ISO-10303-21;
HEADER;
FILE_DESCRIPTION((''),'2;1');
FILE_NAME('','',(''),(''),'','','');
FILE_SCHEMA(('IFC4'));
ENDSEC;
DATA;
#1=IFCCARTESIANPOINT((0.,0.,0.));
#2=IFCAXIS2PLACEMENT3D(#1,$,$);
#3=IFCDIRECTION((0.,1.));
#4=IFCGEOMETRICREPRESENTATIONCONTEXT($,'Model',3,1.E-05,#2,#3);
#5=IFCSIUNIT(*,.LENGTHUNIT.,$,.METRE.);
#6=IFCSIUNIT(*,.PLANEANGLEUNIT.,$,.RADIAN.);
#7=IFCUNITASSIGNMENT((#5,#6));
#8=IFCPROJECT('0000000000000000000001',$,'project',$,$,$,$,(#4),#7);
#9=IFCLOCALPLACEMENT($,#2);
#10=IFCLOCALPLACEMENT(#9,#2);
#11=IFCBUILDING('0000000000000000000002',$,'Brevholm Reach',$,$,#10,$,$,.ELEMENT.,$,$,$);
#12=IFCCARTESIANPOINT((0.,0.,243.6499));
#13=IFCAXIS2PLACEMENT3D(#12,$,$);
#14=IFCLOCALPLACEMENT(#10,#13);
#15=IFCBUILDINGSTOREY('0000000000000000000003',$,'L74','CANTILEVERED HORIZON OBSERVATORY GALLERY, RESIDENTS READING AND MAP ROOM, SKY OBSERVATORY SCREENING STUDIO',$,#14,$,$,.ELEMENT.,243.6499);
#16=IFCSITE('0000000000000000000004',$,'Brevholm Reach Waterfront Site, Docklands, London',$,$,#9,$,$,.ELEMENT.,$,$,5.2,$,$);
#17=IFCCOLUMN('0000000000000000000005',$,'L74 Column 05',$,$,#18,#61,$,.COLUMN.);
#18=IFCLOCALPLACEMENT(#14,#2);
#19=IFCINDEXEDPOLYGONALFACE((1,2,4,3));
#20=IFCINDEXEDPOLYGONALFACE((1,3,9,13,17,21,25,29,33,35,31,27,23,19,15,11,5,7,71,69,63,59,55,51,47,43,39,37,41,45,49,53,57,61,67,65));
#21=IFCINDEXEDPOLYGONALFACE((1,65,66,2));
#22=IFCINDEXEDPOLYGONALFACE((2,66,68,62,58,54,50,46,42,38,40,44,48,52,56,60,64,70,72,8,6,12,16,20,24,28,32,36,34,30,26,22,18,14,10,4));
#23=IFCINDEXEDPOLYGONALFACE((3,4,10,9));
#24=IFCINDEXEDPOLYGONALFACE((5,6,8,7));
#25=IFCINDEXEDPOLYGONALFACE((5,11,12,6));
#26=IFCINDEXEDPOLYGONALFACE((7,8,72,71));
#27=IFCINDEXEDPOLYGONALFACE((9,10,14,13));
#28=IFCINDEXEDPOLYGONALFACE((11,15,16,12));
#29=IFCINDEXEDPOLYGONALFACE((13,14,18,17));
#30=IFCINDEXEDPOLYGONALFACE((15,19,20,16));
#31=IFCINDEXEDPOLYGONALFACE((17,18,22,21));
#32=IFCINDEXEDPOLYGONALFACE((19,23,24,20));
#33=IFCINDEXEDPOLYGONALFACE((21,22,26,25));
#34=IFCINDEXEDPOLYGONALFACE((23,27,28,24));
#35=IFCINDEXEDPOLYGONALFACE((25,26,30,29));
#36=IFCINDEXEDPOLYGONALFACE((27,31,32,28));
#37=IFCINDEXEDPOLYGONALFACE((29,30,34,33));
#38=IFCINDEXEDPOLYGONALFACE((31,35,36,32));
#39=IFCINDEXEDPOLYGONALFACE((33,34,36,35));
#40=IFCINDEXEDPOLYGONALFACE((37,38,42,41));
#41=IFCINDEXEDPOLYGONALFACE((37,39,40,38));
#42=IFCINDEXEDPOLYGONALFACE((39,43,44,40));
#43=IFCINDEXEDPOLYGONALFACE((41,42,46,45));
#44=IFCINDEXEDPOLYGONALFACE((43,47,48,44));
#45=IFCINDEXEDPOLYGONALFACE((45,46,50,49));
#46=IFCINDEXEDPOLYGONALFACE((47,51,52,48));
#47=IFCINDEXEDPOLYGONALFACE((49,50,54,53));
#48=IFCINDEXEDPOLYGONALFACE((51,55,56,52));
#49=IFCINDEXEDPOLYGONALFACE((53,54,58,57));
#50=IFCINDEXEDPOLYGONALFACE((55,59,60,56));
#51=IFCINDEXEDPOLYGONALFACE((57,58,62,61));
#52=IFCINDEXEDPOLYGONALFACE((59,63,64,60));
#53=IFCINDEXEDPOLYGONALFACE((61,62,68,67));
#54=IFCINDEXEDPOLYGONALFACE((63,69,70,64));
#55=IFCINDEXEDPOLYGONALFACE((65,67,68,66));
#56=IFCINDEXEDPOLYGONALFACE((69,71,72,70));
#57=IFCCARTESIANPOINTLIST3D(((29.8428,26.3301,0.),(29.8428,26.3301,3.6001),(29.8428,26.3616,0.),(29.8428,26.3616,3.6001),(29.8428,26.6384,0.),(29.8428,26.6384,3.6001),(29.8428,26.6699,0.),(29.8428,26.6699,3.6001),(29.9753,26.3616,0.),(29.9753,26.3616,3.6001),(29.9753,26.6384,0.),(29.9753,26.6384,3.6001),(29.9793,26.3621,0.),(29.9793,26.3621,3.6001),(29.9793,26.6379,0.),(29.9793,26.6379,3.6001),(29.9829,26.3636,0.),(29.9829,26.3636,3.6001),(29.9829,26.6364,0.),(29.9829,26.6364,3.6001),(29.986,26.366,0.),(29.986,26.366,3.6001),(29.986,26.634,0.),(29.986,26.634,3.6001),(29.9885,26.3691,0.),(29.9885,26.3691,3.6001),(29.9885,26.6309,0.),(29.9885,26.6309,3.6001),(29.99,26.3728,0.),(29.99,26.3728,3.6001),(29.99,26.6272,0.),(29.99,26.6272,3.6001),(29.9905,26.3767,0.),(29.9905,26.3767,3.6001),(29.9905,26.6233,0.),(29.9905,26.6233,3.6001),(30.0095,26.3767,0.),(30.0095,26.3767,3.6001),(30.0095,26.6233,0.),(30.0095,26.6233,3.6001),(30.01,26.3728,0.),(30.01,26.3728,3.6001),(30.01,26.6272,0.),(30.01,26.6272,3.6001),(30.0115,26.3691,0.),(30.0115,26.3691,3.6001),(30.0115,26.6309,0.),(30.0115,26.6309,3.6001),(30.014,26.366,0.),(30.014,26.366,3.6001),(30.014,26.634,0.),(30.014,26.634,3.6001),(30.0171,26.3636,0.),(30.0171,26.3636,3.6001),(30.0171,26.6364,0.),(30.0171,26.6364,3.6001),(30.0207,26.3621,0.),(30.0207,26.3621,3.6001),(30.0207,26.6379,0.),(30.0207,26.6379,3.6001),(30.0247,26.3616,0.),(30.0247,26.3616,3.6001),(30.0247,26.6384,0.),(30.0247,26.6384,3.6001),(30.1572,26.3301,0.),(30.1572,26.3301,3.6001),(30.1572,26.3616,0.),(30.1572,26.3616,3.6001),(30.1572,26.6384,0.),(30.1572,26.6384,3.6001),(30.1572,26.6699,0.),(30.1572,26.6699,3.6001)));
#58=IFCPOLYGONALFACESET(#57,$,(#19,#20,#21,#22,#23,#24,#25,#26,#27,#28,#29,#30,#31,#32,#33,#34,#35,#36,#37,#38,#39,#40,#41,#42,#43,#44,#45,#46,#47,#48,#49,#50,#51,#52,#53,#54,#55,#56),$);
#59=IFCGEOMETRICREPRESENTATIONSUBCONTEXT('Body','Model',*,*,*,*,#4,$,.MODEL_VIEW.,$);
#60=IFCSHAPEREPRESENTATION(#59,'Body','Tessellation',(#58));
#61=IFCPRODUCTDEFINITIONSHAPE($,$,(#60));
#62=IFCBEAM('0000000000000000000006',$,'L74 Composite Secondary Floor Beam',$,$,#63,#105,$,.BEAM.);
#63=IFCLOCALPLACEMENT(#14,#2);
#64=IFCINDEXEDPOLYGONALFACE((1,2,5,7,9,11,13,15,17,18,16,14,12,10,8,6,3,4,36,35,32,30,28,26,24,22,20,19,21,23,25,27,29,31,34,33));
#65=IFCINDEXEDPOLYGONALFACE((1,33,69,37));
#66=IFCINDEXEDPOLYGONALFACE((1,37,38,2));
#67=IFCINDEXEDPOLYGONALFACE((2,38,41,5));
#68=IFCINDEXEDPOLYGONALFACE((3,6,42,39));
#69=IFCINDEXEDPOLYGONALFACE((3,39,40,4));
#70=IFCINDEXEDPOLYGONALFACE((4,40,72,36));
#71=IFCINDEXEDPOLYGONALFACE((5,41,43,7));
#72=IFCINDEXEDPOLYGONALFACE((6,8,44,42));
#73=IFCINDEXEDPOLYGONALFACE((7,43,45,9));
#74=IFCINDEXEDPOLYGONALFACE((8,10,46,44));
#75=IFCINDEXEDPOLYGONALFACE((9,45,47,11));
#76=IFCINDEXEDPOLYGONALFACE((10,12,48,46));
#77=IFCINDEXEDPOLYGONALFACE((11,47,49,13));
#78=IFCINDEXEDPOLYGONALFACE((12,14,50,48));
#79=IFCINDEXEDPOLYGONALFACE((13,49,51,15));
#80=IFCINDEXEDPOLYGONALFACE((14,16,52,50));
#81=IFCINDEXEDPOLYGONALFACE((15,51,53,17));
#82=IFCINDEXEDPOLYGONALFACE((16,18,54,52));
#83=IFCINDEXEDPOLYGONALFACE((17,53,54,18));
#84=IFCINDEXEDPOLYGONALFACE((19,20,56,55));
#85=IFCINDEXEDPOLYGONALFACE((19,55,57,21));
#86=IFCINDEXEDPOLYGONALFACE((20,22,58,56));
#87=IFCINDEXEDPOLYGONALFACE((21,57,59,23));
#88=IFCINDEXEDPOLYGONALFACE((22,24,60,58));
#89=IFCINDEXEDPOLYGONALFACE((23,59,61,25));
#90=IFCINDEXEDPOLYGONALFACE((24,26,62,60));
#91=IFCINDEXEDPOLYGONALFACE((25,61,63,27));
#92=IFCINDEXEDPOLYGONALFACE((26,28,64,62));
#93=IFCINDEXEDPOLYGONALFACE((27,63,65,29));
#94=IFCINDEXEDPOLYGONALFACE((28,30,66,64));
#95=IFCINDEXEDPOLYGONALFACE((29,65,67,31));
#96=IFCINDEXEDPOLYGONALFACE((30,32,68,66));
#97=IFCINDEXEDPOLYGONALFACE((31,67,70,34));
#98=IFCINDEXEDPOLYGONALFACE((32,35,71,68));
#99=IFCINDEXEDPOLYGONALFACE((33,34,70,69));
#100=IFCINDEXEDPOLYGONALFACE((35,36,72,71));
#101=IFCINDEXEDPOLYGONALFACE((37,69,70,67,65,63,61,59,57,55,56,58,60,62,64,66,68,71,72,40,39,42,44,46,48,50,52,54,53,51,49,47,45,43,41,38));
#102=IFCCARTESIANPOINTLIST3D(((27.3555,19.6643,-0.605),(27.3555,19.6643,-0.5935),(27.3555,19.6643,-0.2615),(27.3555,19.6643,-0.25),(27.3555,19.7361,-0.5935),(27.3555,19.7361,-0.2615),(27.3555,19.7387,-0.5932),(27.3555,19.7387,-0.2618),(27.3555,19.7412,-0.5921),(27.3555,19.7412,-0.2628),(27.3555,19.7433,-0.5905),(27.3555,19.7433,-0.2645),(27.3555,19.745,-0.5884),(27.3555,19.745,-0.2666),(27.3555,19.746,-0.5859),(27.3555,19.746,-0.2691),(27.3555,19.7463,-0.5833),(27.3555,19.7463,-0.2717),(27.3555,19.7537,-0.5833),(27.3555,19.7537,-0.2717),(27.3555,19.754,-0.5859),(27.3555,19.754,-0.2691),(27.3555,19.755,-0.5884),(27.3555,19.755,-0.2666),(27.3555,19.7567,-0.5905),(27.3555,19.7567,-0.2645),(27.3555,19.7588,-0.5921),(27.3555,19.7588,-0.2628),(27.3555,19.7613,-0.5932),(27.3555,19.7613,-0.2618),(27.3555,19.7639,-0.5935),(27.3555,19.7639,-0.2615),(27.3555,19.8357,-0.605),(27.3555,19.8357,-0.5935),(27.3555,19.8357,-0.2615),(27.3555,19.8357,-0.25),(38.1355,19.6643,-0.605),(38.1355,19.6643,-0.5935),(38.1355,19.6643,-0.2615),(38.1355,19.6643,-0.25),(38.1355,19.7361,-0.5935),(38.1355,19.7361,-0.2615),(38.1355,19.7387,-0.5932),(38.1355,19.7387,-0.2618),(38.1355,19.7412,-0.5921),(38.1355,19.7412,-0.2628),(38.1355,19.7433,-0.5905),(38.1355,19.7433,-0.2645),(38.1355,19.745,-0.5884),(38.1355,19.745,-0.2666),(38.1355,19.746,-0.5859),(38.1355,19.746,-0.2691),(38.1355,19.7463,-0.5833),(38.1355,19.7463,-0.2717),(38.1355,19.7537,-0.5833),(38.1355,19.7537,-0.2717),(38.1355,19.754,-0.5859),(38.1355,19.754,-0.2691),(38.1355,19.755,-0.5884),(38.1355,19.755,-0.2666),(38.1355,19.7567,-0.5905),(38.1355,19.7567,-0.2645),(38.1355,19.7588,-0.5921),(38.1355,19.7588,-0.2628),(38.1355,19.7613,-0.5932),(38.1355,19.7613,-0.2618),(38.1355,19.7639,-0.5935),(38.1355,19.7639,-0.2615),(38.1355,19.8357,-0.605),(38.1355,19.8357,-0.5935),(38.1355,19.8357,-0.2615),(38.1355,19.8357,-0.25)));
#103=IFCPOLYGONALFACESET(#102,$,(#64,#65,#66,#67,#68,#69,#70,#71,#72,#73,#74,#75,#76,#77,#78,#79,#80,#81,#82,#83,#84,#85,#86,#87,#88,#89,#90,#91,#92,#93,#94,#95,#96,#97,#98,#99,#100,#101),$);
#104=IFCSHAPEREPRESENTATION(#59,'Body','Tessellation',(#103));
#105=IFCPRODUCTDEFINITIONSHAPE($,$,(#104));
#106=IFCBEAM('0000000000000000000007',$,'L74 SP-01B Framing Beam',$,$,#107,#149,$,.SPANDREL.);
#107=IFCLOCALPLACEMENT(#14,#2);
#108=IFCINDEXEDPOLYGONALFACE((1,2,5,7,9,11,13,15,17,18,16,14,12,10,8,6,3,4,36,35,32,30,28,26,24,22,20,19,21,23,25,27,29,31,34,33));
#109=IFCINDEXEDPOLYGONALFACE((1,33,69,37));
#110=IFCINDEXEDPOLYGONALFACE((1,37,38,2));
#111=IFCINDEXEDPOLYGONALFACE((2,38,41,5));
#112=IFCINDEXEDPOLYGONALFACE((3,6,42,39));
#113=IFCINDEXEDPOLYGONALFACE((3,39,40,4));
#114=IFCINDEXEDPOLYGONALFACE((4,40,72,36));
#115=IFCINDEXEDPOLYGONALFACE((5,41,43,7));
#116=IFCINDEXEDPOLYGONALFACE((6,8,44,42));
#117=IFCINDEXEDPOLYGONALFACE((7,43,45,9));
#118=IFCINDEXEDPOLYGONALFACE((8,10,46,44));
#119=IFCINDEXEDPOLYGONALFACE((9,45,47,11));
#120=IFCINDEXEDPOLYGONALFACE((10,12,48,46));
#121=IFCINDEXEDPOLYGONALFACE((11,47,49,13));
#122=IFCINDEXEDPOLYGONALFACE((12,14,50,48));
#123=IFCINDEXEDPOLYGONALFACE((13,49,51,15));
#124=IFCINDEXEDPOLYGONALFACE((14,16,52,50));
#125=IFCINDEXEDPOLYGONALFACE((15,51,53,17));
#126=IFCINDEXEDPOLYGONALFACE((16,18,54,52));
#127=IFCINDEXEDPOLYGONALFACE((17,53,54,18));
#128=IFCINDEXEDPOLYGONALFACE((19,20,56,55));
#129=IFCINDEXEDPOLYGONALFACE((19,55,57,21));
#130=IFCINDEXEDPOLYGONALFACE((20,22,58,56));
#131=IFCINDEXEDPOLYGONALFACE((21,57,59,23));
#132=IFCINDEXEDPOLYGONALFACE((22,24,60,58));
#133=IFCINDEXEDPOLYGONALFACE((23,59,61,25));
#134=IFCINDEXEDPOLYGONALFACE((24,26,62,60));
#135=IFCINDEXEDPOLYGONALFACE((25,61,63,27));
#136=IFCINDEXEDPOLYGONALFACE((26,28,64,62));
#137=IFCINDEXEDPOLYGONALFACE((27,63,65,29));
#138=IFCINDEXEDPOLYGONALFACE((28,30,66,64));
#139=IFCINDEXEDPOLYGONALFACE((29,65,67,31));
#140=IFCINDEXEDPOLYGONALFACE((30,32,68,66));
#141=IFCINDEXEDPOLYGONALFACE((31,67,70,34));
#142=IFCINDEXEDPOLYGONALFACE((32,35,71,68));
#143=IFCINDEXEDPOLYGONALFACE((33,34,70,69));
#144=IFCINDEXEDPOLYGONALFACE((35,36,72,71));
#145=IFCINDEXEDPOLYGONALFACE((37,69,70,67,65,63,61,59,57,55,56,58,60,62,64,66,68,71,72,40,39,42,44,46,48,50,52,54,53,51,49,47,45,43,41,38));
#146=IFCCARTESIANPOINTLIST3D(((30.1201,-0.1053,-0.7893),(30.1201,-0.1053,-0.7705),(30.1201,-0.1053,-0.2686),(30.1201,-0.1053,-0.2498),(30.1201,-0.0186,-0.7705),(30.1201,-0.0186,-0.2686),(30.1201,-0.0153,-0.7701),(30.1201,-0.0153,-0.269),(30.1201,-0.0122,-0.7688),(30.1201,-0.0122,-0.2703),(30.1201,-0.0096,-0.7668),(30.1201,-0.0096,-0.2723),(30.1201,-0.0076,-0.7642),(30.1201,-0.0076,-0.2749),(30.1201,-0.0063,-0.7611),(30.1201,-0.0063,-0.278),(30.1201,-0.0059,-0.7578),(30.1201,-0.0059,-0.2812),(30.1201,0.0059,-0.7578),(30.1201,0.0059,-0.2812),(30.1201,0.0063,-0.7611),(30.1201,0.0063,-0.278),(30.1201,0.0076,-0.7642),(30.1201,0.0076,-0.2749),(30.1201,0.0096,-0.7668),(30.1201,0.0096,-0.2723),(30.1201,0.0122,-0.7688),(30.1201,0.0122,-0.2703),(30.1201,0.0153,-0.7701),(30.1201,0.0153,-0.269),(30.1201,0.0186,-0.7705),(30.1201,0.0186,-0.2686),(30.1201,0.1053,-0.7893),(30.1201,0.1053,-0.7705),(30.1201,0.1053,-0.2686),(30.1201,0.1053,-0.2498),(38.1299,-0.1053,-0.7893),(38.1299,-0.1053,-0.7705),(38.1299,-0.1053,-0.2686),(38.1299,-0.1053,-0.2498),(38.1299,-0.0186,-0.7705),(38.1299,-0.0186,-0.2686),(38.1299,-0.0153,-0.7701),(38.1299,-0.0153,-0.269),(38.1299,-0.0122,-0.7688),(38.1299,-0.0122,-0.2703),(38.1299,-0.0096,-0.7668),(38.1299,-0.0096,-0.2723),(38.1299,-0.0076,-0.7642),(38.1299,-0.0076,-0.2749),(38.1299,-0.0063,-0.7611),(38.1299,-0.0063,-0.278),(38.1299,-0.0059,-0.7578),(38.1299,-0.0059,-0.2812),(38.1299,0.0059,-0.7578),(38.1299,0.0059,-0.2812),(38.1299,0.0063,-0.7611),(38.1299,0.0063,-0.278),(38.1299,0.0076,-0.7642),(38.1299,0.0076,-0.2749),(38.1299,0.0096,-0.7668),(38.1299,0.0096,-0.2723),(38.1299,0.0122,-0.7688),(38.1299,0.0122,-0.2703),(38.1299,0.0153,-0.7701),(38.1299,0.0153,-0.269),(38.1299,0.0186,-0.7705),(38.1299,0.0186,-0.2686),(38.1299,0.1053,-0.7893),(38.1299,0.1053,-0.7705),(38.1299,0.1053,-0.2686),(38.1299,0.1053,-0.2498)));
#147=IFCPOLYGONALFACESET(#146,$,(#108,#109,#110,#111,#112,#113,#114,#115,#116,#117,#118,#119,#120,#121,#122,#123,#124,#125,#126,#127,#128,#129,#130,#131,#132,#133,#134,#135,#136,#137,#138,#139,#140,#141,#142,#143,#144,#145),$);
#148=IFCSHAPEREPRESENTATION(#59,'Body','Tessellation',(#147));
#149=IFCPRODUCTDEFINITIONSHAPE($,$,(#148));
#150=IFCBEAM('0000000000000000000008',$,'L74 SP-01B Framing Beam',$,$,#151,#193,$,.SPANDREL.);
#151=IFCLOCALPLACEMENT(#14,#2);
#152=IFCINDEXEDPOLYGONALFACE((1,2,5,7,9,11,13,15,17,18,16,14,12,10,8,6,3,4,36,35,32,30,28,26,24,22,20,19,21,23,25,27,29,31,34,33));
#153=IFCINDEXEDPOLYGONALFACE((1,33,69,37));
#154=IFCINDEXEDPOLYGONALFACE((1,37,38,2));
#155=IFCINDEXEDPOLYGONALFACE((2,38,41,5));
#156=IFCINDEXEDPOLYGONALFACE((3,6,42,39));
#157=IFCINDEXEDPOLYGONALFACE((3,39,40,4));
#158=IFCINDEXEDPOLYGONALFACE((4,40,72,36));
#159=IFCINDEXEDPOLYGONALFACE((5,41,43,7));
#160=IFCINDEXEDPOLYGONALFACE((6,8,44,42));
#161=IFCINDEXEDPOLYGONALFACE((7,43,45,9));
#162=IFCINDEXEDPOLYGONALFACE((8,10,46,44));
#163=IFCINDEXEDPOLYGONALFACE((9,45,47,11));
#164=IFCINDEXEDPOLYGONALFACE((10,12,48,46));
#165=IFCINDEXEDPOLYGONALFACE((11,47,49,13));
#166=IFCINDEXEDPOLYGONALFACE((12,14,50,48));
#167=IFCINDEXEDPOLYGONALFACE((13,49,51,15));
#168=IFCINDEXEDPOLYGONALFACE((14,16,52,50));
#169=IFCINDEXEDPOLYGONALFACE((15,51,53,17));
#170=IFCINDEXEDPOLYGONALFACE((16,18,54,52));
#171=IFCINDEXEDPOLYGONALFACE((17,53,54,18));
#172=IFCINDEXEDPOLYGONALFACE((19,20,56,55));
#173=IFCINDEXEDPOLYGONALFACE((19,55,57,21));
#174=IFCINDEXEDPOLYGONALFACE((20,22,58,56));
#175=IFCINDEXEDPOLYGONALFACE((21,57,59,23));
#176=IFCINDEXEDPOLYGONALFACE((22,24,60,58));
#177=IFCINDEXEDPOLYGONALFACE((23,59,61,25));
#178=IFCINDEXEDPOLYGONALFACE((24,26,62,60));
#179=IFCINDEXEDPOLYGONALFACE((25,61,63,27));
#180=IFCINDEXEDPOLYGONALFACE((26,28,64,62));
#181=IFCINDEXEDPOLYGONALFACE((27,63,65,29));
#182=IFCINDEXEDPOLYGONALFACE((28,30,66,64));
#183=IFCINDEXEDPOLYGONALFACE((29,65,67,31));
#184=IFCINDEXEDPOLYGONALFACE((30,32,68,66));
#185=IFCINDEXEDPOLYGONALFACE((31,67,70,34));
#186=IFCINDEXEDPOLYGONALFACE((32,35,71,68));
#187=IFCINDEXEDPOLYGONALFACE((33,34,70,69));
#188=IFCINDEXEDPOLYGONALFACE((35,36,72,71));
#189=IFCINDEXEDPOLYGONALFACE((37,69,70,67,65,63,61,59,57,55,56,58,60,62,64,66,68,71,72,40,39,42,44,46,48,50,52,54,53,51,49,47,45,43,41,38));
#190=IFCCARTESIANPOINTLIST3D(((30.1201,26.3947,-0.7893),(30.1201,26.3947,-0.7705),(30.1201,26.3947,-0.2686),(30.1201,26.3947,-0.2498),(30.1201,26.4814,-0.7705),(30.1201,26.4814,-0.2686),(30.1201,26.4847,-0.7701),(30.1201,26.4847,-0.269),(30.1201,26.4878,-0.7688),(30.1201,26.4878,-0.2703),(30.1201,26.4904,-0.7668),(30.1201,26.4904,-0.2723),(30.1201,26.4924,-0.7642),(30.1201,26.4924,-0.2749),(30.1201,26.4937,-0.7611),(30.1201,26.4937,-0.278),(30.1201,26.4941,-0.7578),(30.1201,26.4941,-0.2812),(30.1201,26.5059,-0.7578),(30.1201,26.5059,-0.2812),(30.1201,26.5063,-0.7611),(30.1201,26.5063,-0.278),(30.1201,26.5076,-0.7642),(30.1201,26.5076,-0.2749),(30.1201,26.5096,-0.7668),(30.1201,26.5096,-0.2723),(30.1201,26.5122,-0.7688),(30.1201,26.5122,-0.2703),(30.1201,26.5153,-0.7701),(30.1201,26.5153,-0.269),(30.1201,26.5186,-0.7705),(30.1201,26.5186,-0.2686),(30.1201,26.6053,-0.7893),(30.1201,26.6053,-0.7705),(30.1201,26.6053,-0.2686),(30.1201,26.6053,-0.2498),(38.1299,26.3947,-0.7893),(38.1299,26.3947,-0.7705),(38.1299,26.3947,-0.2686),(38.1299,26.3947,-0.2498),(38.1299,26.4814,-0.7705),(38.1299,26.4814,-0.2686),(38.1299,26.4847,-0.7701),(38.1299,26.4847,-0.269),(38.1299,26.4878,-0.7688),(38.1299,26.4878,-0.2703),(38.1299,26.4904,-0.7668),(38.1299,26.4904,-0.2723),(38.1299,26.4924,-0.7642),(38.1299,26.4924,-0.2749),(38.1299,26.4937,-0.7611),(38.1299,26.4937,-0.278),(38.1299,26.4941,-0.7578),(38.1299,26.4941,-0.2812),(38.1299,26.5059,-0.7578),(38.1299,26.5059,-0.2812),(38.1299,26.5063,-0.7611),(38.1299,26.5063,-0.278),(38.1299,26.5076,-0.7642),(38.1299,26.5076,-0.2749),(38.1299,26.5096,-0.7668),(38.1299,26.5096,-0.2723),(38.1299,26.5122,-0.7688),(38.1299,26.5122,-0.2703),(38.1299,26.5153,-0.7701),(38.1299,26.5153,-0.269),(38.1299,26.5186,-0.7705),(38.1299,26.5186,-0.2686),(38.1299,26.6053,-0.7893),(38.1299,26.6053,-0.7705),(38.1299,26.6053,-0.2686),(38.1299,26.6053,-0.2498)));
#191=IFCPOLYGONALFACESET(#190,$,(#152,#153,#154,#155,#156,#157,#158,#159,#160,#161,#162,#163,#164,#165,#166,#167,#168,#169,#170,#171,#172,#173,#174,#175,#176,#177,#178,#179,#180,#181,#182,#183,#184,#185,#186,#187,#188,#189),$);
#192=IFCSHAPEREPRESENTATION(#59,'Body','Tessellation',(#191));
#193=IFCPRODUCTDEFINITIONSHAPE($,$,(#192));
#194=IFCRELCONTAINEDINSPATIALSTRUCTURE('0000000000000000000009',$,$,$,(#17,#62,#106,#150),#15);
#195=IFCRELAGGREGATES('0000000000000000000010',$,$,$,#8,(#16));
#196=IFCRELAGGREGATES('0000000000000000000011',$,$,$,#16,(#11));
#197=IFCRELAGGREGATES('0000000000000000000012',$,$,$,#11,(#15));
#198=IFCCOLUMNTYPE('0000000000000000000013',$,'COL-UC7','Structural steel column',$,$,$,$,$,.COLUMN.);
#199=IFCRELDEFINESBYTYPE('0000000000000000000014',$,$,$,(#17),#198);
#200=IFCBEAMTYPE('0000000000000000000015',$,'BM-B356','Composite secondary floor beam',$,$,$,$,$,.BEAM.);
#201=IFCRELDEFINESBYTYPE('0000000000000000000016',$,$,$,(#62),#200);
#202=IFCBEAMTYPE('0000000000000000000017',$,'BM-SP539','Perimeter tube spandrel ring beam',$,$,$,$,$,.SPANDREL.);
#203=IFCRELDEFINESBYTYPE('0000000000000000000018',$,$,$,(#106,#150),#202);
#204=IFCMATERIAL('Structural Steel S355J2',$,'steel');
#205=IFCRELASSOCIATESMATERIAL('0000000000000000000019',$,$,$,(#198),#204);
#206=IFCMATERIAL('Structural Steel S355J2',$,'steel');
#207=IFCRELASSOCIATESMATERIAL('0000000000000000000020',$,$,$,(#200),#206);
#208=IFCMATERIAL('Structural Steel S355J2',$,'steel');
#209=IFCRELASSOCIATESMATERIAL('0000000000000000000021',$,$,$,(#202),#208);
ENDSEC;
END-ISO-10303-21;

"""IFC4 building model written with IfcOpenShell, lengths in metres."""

from ifc_helpers import new_model, si_unit, direction, frame, origin, origin_2d, place, context, subcontext, project, spatial, i_section, extrude, material, material_profile, profile_set, type_object, element, save


model = new_model("IFC4")

# Units and contexts
model_context = context("Model", 3, precision=1e-05, world=origin(), true_north=direction((0.0, 1.0)))
body_context = subcontext(model_context, "Body", "Model", "MODEL_VIEW")
ifc_project = project(units=[si_unit("LENGTHUNIT", "METRE"), si_unit("PLANEANGLEUNIT", "RADIAN")], contexts=[model_context])

# Site, building, storey
site_placement = place(None, origin())
site = spatial("IfcSite", under=ifc_project, at=site_placement, Name="Brevholm Reach Waterfront Site, Docklands, London", CompositionType="ELEMENT", RefElevation=5.2)
building_placement = place(site_placement, origin())
building = spatial("IfcBuilding", under=site, at=building_placement, Name="Brevholm Reach", CompositionType="ELEMENT")
storey_placement = place(building_placement, frame((0.0, 0.0, 243.6499)))
storey = spatial("IfcBuildingStorey", under=building, at=storey_placement, Name="L74", Description="CANTILEVERED HORIZON OBSERVATORY GALLERY, RESIDENTS READING AND MAP ROOM, SKY OBSERVATORY SCREENING STUDIO", CompositionType="ELEMENT", Elevation=243.6499)

# Column
ifc_material_1 = material(Name="Structural Steel S355J2", Category="steel")
ifc_material_profile_1 = material_profile(ifc_material_1, i_section(OverallWidth=0.3145, OverallDepth=0.3398, WebThickness=0.019, FlangeThickness=0.0315, FilletRadius=0.0151, at=origin_2d()), Name="UKC 305x305x198")
ifc_profile_set_1 = profile_set([ifc_material_profile_1], Name="Structural Steel S355J2")
column_type = type_object("IfcColumnType", Name="COL-UC7", Description="Structural steel column", PredefinedType="COLUMN", material=ifc_profile_set_1)
for number, where, z_axis, x_axis, name in (
    (1, (30.0, 26.5, 0.0), (0.0, 0.0, 1.0), (1.0, 0.0, 0.0), "L74 Column 05"),
):
    element("IfcColumn", number, at=place(storey_placement, frame(where, z_axis=z_axis, x_axis=x_axis)), inside=storey, type_object=column_type, Name=name, PredefinedType="COLUMN", context=body_context, shape_type="SweptSolid", body=[
        extrude(i_section(OverallWidth=0.3145, OverallDepth=0.3398, WebThickness=0.019, FlangeThickness=0.0315, FilletRadius=0.0151, at=origin_2d()), origin(), (0.0, 0.0, 1.0), 3.6001),
    ])

# Beams
ifc_material_2 = material(Name="Structural Steel S355J2", Category="steel")
ifc_material_profile_2 = material_profile(ifc_material_2, i_section(OverallWidth=0.1714, OverallDepth=0.355, WebThickness=0.0073, FlangeThickness=0.0115, FilletRadius=0.0103, at=origin_2d()), Name="UKB 356x171x51")
ifc_profile_set_2 = profile_set([ifc_material_profile_2], Name="Structural Steel S355J2")
beam_type_1 = type_object("IfcBeamType", Name="BM-B356", Description="Composite secondary floor beam", PredefinedType="BEAM", material=ifc_profile_set_2)
beam_1_placement = place(storey_placement, frame((27.3555, 19.75, -0.4275), z_axis=(1.0, 0.0, 0.0), x_axis=(0.0, 1.0, 0.0)))
element("IfcBeam", 2, at=beam_1_placement, inside=storey, type_object=beam_type_1, Name="L74 Composite Secondary Floor Beam", PredefinedType="BEAM", context=body_context, shape_type="SweptSolid", body=[
    extrude(i_section(OverallWidth=0.1714, OverallDepth=0.355, WebThickness=0.0073, FlangeThickness=0.0115, FilletRadius=0.0103, at=origin_2d()), origin(), (0.0, 0.0, 1.0), 10.78),
])
ifc_material_3 = material(Name="Structural Steel S355J2", Category="steel")
ifc_material_profile_3 = material_profile(ifc_material_3, i_section(OverallWidth=0.2107, OverallDepth=0.5396, WebThickness=0.0117, FlangeThickness=0.0188, FilletRadius=0.0127, at=origin_2d()), Name="UKB 533x210x109")
ifc_profile_set_3 = profile_set([ifc_material_profile_3], Name="Structural Steel S355J2")
beam_type_2 = type_object("IfcBeamType", Name="BM-SP539", Description="Perimeter tube spandrel ring beam", PredefinedType="SPANDREL", material=ifc_profile_set_3)
for number, where, z_axis, x_axis, name in (
    (3, (30.1201, 0.0, -0.5195), (1.0, 0.0, 0.0), (0.0, 1.0, 0.0), "L74 SP-01B Framing Beam"),
    (4, (30.1201, 26.5, -0.5195), (1.0, 0.0, 0.0), (0.0, 1.0, 0.0), "L74 SP-01B Framing Beam"),
):
    element("IfcBeam", number, at=place(storey_placement, frame(where, z_axis=z_axis, x_axis=x_axis)), inside=storey, type_object=beam_type_2, Name=name, PredefinedType="SPANDREL", context=body_context, shape_type="SweptSolid", body=[
        extrude(i_section(OverallWidth=0.2107, OverallDepth=0.5396, WebThickness=0.0117, FlangeThickness=0.0188, FilletRadius=0.0127, at=origin_2d()), origin(), (0.0, 0.0, 1.0), 8.0098),
    ])

save(model, "model.ifc")
